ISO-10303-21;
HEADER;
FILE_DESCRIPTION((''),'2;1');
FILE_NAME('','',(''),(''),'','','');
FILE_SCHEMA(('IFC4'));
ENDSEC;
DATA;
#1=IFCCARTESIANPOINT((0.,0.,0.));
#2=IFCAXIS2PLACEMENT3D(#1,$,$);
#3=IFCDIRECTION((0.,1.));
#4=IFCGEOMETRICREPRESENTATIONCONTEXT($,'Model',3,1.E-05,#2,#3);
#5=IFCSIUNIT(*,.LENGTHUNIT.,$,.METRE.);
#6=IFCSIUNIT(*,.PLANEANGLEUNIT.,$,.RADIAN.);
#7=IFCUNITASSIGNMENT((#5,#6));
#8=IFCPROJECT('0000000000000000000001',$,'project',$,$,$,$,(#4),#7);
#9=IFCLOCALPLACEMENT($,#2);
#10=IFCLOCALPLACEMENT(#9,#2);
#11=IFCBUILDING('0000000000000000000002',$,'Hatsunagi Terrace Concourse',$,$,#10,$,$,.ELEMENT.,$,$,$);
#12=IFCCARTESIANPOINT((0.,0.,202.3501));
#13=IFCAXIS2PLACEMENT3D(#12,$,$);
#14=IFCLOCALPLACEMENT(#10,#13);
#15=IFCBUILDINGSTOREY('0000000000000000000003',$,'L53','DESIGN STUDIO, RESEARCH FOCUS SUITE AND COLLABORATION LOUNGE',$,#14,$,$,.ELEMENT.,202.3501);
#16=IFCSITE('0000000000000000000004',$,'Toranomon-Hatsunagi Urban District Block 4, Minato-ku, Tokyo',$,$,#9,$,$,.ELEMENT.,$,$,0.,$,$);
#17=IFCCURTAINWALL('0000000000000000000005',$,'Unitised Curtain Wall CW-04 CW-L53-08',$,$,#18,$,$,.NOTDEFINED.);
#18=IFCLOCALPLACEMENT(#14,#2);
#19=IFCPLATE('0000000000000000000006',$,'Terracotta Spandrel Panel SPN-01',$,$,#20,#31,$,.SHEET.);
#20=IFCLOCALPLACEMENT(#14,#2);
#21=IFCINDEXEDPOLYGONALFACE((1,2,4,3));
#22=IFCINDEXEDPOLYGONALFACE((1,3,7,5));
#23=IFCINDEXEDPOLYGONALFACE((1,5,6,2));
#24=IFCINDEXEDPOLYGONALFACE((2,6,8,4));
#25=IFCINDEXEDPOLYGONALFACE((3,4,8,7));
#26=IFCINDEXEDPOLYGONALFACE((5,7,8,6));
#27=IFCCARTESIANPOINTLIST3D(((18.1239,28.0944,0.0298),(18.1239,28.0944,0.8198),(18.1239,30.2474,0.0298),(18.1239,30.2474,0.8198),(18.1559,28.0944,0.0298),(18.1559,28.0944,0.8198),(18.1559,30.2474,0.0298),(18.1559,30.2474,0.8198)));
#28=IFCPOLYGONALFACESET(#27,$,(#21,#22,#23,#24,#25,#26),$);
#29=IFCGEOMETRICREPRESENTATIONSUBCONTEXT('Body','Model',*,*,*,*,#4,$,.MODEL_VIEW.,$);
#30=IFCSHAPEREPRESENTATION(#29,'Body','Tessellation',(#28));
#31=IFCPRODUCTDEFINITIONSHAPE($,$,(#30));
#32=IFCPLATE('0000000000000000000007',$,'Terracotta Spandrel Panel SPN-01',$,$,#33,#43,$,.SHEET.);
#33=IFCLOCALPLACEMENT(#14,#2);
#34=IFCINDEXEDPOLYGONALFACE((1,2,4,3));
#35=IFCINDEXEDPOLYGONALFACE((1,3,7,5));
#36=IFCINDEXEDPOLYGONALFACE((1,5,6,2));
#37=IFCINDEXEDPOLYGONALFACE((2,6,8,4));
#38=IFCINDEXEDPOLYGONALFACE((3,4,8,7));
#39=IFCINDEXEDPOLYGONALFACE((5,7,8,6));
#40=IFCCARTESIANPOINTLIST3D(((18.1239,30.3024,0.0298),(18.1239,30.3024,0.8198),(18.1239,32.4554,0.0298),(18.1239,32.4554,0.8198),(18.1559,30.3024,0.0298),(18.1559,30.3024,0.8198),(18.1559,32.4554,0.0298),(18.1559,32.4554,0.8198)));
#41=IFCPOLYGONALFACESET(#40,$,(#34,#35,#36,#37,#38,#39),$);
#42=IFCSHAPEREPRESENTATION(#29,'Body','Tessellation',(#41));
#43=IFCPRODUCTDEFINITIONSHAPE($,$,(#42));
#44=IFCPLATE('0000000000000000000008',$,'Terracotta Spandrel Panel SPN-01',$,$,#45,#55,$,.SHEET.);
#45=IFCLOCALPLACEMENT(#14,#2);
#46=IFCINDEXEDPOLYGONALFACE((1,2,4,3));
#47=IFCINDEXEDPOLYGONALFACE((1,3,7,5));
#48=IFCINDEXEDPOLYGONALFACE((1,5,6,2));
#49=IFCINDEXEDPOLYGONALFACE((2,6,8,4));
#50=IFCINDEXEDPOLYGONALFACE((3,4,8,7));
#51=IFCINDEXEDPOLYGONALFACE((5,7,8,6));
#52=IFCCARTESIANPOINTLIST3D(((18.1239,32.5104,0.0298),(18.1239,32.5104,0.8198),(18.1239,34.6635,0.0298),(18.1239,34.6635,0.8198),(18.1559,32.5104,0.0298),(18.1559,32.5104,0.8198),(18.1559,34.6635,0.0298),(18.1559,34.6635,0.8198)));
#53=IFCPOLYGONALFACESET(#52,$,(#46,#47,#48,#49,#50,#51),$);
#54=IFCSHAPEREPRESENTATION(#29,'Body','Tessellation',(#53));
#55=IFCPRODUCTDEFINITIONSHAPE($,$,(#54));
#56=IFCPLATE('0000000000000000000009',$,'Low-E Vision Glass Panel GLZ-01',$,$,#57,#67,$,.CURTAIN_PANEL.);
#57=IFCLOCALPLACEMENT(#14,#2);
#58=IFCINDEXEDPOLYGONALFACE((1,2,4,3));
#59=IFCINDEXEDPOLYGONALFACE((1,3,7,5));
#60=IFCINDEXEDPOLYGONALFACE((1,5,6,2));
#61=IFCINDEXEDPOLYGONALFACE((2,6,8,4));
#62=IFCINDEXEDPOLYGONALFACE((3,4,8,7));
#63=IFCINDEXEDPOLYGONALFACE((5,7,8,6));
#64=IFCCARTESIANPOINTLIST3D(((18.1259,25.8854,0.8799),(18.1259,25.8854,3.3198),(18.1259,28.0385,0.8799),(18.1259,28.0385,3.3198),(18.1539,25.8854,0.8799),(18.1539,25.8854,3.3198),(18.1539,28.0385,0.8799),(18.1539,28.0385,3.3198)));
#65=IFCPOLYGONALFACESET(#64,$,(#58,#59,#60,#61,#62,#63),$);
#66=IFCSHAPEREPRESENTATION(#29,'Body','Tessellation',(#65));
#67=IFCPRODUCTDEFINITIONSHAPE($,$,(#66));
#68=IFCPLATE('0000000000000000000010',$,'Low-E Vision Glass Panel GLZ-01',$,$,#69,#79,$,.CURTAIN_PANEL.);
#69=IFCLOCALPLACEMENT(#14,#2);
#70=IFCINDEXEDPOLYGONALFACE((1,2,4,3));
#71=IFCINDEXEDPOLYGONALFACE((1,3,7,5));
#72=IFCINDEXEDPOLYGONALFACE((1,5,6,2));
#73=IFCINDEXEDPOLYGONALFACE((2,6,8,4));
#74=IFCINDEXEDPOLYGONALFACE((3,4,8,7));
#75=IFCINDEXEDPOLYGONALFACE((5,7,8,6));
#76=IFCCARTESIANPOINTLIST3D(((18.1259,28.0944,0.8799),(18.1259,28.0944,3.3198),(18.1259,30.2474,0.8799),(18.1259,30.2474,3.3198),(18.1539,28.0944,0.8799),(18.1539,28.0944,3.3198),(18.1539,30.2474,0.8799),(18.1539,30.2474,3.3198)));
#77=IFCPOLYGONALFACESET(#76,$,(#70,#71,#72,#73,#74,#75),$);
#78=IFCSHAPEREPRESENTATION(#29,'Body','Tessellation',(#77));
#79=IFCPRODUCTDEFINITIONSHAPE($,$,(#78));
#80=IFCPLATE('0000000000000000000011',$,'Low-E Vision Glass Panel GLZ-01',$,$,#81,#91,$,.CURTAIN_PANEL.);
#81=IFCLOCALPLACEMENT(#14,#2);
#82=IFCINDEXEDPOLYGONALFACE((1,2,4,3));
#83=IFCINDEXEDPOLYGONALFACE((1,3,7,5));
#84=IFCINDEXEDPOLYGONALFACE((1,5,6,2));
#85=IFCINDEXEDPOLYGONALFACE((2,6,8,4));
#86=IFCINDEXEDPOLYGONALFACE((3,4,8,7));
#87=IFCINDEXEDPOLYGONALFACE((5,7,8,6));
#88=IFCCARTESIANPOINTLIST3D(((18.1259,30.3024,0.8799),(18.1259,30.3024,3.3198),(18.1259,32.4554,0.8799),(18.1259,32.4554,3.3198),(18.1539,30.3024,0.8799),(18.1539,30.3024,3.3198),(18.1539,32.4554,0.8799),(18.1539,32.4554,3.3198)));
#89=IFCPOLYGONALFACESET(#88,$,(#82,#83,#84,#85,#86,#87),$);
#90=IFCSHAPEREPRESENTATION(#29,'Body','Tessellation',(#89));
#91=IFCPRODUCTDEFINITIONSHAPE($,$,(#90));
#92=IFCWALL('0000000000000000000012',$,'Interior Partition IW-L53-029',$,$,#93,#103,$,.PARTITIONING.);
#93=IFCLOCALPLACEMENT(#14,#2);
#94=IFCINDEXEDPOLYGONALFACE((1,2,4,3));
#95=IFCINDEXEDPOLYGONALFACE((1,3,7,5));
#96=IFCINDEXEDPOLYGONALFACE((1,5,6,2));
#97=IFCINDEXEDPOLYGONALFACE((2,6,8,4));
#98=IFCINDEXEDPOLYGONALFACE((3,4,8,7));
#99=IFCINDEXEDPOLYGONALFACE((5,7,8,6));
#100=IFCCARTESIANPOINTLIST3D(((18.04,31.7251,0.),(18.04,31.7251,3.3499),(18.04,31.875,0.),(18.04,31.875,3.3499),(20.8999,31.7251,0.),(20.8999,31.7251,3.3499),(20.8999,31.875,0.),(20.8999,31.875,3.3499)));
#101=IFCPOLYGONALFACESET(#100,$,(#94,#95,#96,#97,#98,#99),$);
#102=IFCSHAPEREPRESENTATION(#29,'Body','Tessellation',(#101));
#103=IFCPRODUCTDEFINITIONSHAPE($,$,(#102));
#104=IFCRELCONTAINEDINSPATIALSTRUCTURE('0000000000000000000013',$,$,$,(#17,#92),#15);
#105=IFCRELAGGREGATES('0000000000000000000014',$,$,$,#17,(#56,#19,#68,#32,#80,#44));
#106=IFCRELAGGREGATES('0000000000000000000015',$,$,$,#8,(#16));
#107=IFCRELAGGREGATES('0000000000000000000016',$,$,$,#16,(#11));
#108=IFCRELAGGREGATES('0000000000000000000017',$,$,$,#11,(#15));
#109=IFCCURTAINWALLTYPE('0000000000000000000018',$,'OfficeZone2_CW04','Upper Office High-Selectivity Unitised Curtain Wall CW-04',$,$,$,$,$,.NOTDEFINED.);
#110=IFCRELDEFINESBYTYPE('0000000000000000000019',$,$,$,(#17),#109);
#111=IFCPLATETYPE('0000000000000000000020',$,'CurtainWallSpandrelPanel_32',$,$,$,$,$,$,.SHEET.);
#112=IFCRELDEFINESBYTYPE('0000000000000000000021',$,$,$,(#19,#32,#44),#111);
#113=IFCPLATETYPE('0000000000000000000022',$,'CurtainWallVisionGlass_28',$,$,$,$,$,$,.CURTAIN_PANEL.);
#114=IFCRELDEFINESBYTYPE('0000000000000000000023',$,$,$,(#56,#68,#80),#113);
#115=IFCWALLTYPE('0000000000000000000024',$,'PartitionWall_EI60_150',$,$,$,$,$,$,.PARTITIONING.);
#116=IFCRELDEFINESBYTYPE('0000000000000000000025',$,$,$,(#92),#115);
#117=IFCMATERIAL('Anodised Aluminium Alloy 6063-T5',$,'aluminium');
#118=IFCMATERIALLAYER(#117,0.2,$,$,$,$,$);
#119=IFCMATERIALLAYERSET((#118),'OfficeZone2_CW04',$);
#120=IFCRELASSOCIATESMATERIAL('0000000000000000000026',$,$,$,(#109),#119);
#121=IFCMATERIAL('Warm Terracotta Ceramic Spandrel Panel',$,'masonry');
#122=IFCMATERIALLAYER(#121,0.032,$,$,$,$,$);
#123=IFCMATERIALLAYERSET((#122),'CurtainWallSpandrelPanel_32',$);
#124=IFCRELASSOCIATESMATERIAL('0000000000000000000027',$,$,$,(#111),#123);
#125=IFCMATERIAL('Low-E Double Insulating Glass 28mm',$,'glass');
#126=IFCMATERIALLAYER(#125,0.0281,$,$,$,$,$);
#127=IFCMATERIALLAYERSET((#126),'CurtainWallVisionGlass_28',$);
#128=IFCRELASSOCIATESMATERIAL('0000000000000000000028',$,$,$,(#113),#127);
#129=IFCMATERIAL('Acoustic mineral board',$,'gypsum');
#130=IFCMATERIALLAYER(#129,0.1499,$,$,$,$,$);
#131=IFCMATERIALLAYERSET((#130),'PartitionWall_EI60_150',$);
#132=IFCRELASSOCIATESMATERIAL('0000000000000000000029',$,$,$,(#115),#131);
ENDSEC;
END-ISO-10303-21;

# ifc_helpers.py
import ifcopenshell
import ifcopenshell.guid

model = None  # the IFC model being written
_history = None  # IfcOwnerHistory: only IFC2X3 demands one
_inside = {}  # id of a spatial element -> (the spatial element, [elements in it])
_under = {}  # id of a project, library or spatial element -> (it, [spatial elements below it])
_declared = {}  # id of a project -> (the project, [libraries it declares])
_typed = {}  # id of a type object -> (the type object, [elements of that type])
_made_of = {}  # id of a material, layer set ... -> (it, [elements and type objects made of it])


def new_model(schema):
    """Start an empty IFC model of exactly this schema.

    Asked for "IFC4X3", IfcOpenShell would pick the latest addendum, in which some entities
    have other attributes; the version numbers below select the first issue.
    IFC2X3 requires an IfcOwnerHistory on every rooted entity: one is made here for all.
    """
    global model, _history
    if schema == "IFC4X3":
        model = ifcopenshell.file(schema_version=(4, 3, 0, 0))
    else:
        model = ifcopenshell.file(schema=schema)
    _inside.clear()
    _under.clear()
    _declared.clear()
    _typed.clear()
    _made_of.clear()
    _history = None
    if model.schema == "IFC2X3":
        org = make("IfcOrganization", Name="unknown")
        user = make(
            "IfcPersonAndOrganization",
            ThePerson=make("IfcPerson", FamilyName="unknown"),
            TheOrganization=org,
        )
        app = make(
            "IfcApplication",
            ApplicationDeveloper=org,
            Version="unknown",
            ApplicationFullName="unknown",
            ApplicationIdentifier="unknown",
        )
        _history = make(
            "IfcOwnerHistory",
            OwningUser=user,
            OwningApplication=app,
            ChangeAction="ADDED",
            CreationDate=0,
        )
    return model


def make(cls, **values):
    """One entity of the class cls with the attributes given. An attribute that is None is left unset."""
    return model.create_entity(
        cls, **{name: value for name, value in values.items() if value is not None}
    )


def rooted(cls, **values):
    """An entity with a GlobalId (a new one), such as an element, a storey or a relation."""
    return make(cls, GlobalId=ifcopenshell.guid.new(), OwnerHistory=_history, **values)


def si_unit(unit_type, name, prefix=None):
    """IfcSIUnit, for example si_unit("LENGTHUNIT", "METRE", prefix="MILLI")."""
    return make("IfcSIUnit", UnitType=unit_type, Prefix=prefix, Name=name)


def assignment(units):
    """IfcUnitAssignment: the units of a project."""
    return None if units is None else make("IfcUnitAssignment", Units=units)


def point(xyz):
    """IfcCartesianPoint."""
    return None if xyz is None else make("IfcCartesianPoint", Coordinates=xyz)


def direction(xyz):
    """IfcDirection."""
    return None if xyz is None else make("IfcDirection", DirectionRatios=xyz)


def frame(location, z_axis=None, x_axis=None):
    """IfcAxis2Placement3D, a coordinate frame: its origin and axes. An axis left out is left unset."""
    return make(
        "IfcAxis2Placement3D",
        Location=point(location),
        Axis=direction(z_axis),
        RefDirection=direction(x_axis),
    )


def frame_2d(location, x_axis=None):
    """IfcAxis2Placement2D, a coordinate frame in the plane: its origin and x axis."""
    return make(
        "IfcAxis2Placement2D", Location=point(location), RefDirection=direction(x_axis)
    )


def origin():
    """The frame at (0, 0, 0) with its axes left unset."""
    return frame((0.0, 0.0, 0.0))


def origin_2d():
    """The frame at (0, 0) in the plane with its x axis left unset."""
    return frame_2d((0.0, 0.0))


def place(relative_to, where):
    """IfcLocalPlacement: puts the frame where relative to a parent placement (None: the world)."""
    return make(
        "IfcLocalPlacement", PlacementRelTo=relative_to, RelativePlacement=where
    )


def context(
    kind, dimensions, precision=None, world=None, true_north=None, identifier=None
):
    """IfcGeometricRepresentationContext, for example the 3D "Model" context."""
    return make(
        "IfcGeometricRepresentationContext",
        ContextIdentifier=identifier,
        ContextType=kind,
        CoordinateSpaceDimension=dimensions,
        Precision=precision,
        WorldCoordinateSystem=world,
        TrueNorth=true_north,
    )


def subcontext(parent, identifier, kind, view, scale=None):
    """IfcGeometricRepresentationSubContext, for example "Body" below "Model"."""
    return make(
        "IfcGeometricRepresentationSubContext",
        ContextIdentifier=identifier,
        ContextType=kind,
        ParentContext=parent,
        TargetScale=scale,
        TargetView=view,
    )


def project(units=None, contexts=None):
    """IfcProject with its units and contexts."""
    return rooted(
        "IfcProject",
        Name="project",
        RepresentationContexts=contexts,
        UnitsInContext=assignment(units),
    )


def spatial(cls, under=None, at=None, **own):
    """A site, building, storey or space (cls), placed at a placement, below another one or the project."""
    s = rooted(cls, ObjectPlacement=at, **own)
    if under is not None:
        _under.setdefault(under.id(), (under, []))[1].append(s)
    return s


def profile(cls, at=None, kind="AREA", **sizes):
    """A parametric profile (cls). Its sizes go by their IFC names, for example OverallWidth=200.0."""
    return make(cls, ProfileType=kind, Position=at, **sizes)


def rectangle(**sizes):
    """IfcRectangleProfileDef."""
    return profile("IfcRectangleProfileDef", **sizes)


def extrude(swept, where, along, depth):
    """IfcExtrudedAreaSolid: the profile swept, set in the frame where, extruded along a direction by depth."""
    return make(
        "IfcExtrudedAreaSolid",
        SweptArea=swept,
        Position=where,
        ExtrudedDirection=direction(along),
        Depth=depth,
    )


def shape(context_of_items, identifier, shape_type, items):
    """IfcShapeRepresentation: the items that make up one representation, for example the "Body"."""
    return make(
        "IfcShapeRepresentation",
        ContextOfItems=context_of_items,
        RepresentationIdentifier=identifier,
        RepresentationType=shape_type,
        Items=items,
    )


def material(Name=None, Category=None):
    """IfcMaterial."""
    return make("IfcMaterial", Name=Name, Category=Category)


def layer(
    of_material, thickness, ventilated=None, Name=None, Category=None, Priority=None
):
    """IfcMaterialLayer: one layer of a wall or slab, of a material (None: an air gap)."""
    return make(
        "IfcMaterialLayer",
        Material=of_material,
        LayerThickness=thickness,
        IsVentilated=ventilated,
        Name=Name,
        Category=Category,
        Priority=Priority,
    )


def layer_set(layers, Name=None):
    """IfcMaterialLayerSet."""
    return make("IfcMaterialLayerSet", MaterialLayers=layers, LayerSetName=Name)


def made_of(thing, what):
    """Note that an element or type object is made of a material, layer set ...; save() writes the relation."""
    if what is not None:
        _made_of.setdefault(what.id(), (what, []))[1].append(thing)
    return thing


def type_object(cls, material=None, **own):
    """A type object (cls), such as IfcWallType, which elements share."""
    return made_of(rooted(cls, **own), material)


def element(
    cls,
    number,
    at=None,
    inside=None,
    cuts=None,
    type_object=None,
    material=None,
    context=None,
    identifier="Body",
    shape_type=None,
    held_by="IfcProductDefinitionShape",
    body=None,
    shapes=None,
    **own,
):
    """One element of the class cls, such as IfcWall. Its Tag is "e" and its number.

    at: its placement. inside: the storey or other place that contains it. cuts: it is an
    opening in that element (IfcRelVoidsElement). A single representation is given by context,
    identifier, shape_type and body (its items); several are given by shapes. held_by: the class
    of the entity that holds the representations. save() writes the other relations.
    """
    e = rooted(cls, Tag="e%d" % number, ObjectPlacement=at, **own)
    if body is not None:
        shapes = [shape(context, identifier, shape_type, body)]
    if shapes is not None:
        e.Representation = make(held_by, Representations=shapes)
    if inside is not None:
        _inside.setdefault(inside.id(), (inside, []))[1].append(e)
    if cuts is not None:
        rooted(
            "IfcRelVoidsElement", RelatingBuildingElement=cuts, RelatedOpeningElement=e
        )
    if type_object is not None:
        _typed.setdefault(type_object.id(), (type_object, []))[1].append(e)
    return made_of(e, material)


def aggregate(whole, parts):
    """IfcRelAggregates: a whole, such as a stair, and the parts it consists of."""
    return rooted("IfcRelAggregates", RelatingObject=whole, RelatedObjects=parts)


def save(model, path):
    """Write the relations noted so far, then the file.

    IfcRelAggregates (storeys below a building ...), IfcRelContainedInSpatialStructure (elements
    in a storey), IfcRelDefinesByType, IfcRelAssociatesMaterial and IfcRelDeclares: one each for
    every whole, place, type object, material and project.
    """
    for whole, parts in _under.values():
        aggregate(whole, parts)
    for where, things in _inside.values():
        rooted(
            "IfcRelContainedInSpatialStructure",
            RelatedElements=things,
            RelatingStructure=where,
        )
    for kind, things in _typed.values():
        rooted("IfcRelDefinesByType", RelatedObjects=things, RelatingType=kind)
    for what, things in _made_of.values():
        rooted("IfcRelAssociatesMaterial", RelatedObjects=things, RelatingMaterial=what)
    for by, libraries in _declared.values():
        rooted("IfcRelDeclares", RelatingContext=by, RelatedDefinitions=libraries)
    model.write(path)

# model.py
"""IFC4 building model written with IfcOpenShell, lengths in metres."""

from ifc_helpers import new_model, si_unit, direction, frame, frame_2d, origin, origin_2d, place, context, subcontext, project, spatial, rectangle, extrude, material, layer, layer_set, type_object, element, aggregate, save


model = new_model("IFC4")

# Units and contexts
model_context = context("Model", 3, precision=1e-05, world=origin(), true_north=direction((0.0, 1.0)))
body_context = subcontext(model_context, "Body", "Model", "MODEL_VIEW")
ifc_project = project(units=[si_unit("LENGTHUNIT", "METRE"), si_unit("PLANEANGLEUNIT", "RADIAN")], contexts=[model_context])

# Site, building, storey
site_placement = place(None, origin())
site = spatial("IfcSite", under=ifc_project, at=site_placement, Name="Toranomon-Hatsunagi Urban District Block 4, Minato-ku, Tokyo", CompositionType="ELEMENT", RefElevation=0.0)
building_placement = place(site_placement, origin())
building = spatial("IfcBuilding", under=site, at=building_placement, Name="Hatsunagi Terrace Concourse", CompositionType="ELEMENT")
storey_placement = place(building_placement, frame((0.0, 0.0, 202.3501)))
storey = spatial("IfcBuildingStorey", under=building, at=storey_placement, Name="L53", Description="DESIGN STUDIO, RESEARCH FOCUS SUITE AND COLLABORATION LOUNGE", CompositionType="ELEMENT", Elevation=202.3501)

# Curtain wall
ifc_material_1 = material(Name="Anodised Aluminium Alloy 6063-T5", Category="aluminium")
ifc_layer_1 = layer(ifc_material_1, 0.2)
ifc_layer_set_1 = layer_set([ifc_layer_1], Name="OfficeZone2_CW04")
curtain_wall_type = type_object("IfcCurtainWallType", Name="OfficeZone2_CW04", Description="Upper Office High-Selectivity Unitised Curtain Wall CW-04", PredefinedType="NOTDEFINED", material=ifc_layer_set_1)
curtain_wall_placement = place(storey_placement, origin())
curtain_wall = element("IfcCurtainWall", 1, at=curtain_wall_placement, inside=storey, type_object=curtain_wall_type, Name="Unitised Curtain Wall CW-04 CW-L53-08", PredefinedType="NOTDEFINED")

# Plates
ifc_material_2 = material(Name="Warm Terracotta Ceramic Spandrel Panel", Category="masonry")
ifc_layer_2 = layer(ifc_material_2, 0.032)
ifc_layer_set_2 = layer_set([ifc_layer_2], Name="CurtainWallSpandrelPanel_32")
plate_type_1 = type_object("IfcPlateType", Name="CurtainWallSpandrelPanel_32", PredefinedType="SHEET", material=ifc_layer_set_2)
plate_1_placement = place(storey_placement, frame((18.1399, 29.1709, 0.0298), z_axis=(0.0, 0.0, 1.0), x_axis=(0.0, 1.0, 0.0)))
plate_1 = element("IfcPlate", 2, at=plate_1_placement, type_object=plate_type_1, Name="Terracotta Spandrel Panel SPN-01", PredefinedType="SHEET", context=body_context, shape_type="SweptSolid", body=[
    extrude(rectangle(XDim=2.1531, YDim=0.032, at=origin_2d()), origin(), (0.0, 0.0, 1.0), 0.79),
])
plate_2_placement = place(storey_placement, frame((18.1399, 31.3789, 0.0298), z_axis=(0.0, 0.0, 1.0), x_axis=(0.0, 1.0, 0.0)))
plate_2 = element("IfcPlate", 3, at=plate_2_placement, type_object=plate_type_1, Name="Terracotta Spandrel Panel SPN-01", PredefinedType="SHEET", context=body_context, shape_type="SweptSolid", body=[
    extrude(rectangle(XDim=2.1531, YDim=0.032, at=origin_2d()), origin(), (0.0, 0.0, 1.0), 0.79),
])
plate_3_placement = place(storey_placement, frame((18.1399, 33.5869, 0.0298), z_axis=(0.0, 0.0, 1.0), x_axis=(0.0, 1.0, 0.0)))
plate_3 = element("IfcPlate", 4, at=plate_3_placement, type_object=plate_type_1, Name="Terracotta Spandrel Panel SPN-01", PredefinedType="SHEET", context=body_context, shape_type="SweptSolid", body=[
    extrude(rectangle(XDim=2.1531, YDim=0.032, at=origin_2d()), origin(), (0.0, 0.0, 1.0), 0.79),
])
ifc_material_3 = material(Name="Low-E Double Insulating Glass 28mm", Category="glass")
ifc_layer_3 = layer(ifc_material_3, 0.0281)
ifc_layer_set_3 = layer_set([ifc_layer_3], Name="CurtainWallVisionGlass_28")
plate_type_2 = type_object("IfcPlateType", Name="CurtainWallVisionGlass_28", PredefinedType="CURTAIN_PANEL", material=ifc_layer_set_3)
plate_4_placement = place(storey_placement, frame((18.1399, 26.9619, 0.8799), z_axis=(0.0, 0.0, 1.0), x_axis=(0.0, 1.0, 0.0)))
plate_4 = element("IfcPlate", 5, at=plate_4_placement, type_object=plate_type_2, Name="Low-E Vision Glass Panel GLZ-01", PredefinedType="CURTAIN_PANEL", context=body_context, shape_type="SweptSolid", body=[
    extrude(rectangle(XDim=2.1531, YDim=0.0281, at=origin_2d()), origin(), (0.0, 0.0, 1.0), 2.4399),
])
plate_5_placement = place(storey_placement, frame((18.1399, 29.1709, 0.8799), z_axis=(0.0, 0.0, 1.0), x_axis=(0.0, 1.0, 0.0)))
plate_5 = element("IfcPlate", 6, at=plate_5_placement, type_object=plate_type_2, Name="Low-E Vision Glass Panel GLZ-01", PredefinedType="CURTAIN_PANEL", context=body_context, shape_type="SweptSolid", body=[
    extrude(rectangle(XDim=2.1531, YDim=0.0281, at=origin_2d()), origin(), (0.0, 0.0, 1.0), 2.4399),
])
plate_6_placement = place(storey_placement, frame((18.1399, 31.3789, 0.8799), z_axis=(0.0, 0.0, 1.0), x_axis=(0.0, 1.0, 0.0)))
plate_6 = element("IfcPlate", 7, at=plate_6_placement, type_object=plate_type_2, Name="Low-E Vision Glass Panel GLZ-01", PredefinedType="CURTAIN_PANEL", context=body_context, shape_type="SweptSolid", body=[
    extrude(rectangle(XDim=2.1531, YDim=0.0281, at=origin_2d()), origin(), (0.0, 0.0, 1.0), 2.4399),
])
aggregate(curtain_wall, [plate_4, plate_1, plate_5, plate_2, plate_6, plate_3])

# Wall
ifc_material_4 = material(Name="Acoustic mineral board", Category="gypsum")
ifc_layer_4 = layer(ifc_material_4, 0.1499)
ifc_layer_set_4 = layer_set([ifc_layer_4], Name="PartitionWall_EI60_150")
wall_type = type_object("IfcWallType", Name="PartitionWall_EI60_150", PredefinedType="PARTITIONING", material=ifc_layer_set_4)
wall_placement = place(storey_placement, frame((18.04, 31.8, 0.0), z_axis=(0.0, 0.0, 1.0), x_axis=(1.0, 0.0, 0.0)))
element("IfcWall", 8, at=wall_placement, inside=storey, type_object=wall_type, Name="Interior Partition IW-L53-029", PredefinedType="PARTITIONING", context=body_context, shape_type="SweptSolid", body=[
    extrude(rectangle(XDim=2.8599, YDim=0.1499, at=frame_2d((1.4299, 0.0))), origin(), (0.0, 0.0, 1.0), 3.3499),
])

save(model, "model.ifc")
